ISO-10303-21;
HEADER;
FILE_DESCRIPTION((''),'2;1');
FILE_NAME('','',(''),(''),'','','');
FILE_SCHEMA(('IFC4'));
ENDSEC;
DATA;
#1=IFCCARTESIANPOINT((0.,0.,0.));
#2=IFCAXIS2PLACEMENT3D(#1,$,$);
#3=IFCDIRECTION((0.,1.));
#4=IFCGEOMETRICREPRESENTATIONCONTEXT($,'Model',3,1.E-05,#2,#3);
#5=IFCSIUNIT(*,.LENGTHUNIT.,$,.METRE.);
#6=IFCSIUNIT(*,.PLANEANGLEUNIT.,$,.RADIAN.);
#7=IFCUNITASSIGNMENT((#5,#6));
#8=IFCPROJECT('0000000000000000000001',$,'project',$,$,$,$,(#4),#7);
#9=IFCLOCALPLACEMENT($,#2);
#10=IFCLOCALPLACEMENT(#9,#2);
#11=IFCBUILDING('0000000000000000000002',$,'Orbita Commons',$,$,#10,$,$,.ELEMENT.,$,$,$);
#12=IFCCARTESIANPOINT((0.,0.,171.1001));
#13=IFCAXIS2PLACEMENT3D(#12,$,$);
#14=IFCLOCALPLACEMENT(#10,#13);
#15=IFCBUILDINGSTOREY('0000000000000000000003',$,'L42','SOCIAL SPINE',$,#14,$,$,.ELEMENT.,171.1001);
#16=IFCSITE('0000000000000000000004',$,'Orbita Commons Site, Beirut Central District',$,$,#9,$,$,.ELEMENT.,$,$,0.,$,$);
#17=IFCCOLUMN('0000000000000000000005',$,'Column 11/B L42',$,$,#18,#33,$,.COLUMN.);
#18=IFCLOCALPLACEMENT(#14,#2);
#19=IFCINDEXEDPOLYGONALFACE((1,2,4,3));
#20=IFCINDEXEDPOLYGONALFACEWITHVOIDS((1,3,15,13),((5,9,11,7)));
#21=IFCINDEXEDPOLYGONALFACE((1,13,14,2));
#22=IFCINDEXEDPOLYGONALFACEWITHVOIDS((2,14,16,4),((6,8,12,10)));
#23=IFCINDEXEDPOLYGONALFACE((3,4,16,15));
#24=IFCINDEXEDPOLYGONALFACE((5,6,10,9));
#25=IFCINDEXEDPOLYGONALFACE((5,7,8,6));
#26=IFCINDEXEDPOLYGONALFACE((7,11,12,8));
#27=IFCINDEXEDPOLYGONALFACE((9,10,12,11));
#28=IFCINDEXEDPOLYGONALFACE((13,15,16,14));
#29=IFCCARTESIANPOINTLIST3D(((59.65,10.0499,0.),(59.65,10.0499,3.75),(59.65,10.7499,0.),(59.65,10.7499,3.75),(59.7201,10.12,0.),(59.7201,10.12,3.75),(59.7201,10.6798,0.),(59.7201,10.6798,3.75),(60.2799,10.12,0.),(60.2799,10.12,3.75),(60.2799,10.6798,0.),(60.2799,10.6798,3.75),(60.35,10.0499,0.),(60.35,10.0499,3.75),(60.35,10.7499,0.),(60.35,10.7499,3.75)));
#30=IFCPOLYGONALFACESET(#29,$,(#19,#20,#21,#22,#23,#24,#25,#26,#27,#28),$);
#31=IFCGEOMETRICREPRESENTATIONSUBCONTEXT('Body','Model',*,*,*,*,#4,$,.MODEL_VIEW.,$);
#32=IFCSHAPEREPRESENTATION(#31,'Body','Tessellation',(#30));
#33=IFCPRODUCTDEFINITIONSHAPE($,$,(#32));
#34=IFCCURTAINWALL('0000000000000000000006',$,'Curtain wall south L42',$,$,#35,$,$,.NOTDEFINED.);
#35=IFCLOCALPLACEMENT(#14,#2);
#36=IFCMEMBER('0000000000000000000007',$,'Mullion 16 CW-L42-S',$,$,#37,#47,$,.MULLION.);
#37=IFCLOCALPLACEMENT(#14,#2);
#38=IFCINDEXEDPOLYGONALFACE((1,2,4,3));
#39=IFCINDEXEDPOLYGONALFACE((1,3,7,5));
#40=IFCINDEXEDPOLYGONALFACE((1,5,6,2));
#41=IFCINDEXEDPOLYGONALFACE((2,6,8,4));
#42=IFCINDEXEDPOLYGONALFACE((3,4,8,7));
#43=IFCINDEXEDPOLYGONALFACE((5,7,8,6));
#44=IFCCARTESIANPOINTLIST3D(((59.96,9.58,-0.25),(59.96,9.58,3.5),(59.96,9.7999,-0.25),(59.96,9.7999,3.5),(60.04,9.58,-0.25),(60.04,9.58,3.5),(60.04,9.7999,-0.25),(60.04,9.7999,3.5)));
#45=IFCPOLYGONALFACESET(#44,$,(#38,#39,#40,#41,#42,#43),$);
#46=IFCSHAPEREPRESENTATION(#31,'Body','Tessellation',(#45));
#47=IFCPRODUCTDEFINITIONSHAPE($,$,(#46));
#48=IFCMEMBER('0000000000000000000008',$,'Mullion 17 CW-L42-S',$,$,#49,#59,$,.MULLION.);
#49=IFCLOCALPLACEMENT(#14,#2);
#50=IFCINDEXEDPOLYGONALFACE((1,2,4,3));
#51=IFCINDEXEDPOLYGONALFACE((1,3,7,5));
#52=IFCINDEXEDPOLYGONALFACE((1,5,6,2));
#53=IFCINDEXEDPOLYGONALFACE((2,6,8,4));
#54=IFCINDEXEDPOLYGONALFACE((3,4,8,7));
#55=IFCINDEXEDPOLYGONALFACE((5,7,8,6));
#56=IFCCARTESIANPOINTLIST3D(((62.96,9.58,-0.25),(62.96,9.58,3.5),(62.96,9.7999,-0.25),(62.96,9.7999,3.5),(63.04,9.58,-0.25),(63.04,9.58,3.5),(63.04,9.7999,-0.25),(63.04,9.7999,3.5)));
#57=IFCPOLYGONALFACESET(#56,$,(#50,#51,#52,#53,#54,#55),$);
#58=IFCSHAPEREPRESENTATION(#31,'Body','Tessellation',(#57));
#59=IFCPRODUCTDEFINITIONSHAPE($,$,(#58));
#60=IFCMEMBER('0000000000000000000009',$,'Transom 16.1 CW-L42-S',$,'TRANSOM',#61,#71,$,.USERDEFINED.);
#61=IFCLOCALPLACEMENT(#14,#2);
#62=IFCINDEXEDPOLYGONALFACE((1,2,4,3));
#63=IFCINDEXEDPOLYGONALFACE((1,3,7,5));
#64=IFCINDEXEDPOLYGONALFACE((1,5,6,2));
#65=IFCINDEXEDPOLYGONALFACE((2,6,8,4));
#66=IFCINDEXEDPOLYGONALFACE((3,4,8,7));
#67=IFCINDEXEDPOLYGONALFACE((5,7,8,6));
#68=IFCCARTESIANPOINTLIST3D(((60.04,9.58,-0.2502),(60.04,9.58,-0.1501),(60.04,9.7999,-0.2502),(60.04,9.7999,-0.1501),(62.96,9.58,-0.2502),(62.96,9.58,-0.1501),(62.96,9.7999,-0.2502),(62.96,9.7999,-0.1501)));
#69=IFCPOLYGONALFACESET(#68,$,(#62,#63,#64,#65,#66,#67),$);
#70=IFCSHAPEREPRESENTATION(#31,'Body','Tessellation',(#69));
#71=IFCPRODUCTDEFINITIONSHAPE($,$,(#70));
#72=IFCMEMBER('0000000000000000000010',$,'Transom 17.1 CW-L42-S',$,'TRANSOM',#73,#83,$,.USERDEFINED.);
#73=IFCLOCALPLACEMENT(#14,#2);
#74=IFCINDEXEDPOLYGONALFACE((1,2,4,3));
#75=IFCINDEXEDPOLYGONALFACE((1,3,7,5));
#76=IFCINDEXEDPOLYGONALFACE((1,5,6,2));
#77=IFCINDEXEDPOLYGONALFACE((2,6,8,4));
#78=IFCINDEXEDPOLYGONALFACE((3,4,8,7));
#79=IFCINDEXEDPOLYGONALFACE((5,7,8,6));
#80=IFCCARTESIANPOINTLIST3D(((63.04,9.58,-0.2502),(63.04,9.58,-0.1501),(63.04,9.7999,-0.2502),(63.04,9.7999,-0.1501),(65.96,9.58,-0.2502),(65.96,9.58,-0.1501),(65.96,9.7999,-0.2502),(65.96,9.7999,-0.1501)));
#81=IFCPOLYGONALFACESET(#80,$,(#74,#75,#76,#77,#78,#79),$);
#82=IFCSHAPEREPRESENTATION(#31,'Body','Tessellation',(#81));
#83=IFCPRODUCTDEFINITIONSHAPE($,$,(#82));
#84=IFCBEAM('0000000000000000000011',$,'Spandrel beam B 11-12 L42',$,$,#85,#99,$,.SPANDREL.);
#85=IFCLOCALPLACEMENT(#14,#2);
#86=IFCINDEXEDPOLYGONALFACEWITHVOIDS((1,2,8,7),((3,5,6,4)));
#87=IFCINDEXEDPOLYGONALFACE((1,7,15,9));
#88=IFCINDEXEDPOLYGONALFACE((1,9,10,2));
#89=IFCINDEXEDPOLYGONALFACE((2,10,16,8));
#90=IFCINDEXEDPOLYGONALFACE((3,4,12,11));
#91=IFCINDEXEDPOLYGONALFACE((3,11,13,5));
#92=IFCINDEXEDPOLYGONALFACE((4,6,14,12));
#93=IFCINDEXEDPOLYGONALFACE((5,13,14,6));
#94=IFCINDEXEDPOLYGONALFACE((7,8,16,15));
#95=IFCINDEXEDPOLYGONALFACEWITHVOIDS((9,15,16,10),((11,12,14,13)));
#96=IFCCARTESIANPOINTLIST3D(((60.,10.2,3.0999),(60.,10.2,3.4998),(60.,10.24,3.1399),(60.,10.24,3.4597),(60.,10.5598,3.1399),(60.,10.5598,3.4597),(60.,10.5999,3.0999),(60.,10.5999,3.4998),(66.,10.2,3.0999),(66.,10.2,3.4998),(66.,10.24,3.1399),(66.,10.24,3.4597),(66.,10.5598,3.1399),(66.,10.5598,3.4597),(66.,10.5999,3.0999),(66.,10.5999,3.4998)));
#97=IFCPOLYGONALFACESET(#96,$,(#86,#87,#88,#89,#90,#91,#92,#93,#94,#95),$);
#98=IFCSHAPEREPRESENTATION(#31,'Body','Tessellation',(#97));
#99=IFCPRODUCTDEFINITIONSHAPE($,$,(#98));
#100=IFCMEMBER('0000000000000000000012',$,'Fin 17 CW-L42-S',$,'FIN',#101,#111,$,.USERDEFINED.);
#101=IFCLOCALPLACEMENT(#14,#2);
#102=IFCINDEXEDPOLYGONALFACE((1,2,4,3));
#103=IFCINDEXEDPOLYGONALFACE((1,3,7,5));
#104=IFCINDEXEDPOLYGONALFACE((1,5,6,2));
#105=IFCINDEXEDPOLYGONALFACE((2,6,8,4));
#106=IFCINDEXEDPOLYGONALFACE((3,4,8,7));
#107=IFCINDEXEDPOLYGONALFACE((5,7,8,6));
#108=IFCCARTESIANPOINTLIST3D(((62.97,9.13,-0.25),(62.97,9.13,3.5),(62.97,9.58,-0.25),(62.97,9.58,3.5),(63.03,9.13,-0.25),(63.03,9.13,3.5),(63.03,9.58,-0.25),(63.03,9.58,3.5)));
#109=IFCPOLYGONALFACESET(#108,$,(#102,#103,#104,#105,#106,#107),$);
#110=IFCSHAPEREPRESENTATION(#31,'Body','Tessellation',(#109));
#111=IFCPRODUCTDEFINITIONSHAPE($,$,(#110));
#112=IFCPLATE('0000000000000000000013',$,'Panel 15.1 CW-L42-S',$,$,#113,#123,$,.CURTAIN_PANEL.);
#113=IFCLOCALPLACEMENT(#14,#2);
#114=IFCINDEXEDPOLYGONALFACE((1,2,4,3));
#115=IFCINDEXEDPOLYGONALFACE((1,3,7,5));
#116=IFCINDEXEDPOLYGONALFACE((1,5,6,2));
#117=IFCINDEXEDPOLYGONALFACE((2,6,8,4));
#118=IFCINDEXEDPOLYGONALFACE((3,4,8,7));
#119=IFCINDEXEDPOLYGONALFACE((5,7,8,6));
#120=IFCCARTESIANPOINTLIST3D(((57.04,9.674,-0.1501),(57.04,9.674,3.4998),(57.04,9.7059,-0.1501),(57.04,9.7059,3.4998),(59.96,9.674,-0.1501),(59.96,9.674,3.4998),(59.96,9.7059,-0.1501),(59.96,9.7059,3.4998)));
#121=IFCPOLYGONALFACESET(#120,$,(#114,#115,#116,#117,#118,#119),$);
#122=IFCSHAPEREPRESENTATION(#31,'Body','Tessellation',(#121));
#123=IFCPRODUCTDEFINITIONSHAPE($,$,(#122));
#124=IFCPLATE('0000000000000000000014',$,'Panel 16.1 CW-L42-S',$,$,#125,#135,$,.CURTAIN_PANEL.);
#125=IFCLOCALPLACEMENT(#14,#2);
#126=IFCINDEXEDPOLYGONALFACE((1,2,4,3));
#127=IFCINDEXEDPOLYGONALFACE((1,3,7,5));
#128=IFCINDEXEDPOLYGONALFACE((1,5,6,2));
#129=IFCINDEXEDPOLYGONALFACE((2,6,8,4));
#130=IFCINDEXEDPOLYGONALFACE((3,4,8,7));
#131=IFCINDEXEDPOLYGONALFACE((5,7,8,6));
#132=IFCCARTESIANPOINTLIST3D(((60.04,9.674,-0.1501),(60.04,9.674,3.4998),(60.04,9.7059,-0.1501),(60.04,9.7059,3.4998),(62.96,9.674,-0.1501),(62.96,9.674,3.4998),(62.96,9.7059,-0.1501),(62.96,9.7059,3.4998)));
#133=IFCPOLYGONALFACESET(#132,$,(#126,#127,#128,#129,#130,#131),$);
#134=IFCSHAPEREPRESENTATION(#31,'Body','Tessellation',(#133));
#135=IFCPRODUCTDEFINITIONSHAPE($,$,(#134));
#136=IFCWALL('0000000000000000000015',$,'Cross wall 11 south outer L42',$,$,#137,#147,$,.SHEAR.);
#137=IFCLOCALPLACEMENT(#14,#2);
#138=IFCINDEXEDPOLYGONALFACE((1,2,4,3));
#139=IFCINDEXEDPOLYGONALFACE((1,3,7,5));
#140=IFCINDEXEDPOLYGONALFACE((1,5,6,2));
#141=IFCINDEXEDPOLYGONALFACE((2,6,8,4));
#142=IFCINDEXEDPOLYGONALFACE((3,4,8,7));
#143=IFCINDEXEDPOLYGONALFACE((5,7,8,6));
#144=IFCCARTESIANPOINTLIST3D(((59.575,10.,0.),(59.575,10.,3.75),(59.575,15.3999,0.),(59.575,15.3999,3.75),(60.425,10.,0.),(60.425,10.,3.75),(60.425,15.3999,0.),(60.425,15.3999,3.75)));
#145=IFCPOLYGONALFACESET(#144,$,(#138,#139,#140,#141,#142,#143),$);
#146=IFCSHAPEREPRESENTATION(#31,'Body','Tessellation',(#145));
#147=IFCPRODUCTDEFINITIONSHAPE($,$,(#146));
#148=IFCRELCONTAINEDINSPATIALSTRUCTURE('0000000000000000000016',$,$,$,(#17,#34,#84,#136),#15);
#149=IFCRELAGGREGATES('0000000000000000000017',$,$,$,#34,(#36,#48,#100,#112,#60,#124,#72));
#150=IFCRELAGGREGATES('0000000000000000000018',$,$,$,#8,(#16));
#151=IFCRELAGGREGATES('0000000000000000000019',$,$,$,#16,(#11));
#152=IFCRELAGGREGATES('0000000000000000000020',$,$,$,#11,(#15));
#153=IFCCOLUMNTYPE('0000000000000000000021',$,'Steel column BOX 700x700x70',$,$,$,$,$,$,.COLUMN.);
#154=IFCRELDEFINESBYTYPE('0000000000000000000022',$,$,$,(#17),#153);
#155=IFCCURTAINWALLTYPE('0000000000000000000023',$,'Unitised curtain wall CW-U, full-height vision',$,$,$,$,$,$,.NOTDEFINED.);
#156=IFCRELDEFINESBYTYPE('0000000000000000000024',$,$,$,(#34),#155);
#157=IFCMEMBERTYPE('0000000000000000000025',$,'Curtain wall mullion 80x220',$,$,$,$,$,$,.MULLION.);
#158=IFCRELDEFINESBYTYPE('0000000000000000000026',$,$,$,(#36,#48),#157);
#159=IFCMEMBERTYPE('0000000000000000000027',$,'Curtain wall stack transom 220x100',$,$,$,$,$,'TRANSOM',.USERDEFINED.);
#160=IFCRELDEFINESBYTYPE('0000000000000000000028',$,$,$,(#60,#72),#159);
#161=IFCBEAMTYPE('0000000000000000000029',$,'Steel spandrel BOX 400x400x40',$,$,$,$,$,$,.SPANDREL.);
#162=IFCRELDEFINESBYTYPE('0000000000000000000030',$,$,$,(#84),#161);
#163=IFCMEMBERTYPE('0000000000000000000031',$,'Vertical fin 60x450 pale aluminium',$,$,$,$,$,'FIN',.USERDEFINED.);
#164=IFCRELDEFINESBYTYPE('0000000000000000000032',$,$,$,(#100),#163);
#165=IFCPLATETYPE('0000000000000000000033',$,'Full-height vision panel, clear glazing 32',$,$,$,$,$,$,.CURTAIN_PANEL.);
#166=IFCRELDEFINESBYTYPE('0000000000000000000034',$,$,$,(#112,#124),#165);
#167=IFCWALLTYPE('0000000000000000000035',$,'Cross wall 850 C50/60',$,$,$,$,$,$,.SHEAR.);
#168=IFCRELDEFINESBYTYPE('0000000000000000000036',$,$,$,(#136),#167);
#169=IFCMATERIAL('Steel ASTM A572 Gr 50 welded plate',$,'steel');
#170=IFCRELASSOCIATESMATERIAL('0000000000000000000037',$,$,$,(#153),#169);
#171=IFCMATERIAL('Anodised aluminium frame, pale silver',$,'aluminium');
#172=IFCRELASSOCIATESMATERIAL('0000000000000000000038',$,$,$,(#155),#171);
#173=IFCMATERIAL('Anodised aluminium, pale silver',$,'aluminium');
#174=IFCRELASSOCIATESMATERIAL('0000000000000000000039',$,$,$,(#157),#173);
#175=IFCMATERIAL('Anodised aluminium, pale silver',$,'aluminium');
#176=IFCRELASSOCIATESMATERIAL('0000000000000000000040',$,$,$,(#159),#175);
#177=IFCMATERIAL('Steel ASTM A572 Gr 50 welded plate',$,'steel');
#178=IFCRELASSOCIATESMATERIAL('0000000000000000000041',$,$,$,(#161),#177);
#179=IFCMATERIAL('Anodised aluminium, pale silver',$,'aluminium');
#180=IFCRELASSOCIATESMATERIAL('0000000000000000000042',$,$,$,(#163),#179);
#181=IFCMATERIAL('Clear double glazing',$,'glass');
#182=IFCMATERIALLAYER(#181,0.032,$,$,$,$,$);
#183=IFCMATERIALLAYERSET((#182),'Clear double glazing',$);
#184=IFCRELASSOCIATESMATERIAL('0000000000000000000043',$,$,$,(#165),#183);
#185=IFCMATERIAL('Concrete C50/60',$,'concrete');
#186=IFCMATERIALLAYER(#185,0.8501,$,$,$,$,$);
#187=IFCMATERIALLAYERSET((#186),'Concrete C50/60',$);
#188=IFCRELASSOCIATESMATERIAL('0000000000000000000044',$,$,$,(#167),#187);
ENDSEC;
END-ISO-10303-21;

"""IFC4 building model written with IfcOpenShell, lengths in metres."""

from ifc_helpers import new_model, si_unit, direction, frame, frame_2d, origin, origin_2d, place, context, subcontext, project, spatial, rectangle, hollow_rectangle, extrude, material, layer, layer_set, material_profile, profile_set, type_object, element, aggregate, save


model = new_model("IFC4")

# Units and contexts
model_context = context("Model", 3, precision=1e-05, world=origin(), true_north=direction((0.0, 1.0)))
body_context = subcontext(model_context, "Body", "Model", "MODEL_VIEW")
ifc_project = project(units=[si_unit("LENGTHUNIT", "METRE"), si_unit("PLANEANGLEUNIT", "RADIAN")], contexts=[model_context])

# Site, building, storey
site_placement = place(None, origin())
site = spatial("IfcSite", under=ifc_project, at=site_placement, Name="Orbita Commons Site, Beirut Central District", CompositionType="ELEMENT", RefElevation=0.0)
building_placement = place(site_placement, origin())
building = spatial("IfcBuilding", under=site, at=building_placement, Name="Orbita Commons", CompositionType="ELEMENT")
storey_placement = place(building_placement, frame((0.0, 0.0, 171.1001)))
storey = spatial("IfcBuildingStorey", under=building, at=storey_placement, Name="L42", Description="SOCIAL SPINE", CompositionType="ELEMENT", Elevation=171.1001)

# Column
ifc_material_1 = material(Name="Steel ASTM A572 Gr 50 welded plate", Category="steel")
ifc_material_profile_1 = material_profile(ifc_material_1, hollow_rectangle(XDim=0.7, YDim=0.7, WallThickness=0.0701, at=origin_2d()), Name="BOX 700x700x70")
ifc_profile_set_1 = profile_set([ifc_material_profile_1], Name="Steel ASTM A572 Gr 50 welded plate")
column_type = type_object("IfcColumnType", Name="Steel column BOX 700x700x70", PredefinedType="COLUMN", material=ifc_profile_set_1)
column_placement = place(storey_placement, frame((60.0, 10.3999, 0.0), z_axis=(0.0, 0.0, 1.0), x_axis=(1.0, 0.0, 0.0)))
element("IfcColumn", 1, at=column_placement, inside=storey, type_object=column_type, Name="Column 11/B L42", PredefinedType="COLUMN", context=body_context, shape_type="SweptSolid", body=[
    extrude(hollow_rectangle(XDim=0.7, YDim=0.7, WallThickness=0.0701, at=origin_2d()), origin(), (0.0, 0.0, 1.0), 3.75),
])

# Curtain wall, members
ifc_material_2 = material(Name="Anodised aluminium frame, pale silver", Category="aluminium")
curtain_wall_type = type_object("IfcCurtainWallType", Name="Unitised curtain wall CW-U, full-height vision", PredefinedType="NOTDEFINED", material=ifc_material_2)
curtain_wall_placement = place(storey_placement, origin())
curtain_wall = element("IfcCurtainWall", 2, at=curtain_wall_placement, inside=storey, type_object=curtain_wall_type, Name="Curtain wall south L42", PredefinedType="NOTDEFINED")
ifc_material_3 = material(Name="Anodised aluminium, pale silver", Category="aluminium")
ifc_material_profile_2 = material_profile(ifc_material_3, rectangle(XDim=0.0801, YDim=0.22, at=origin_2d()), Name="AL 80x220")
ifc_profile_set_2 = profile_set([ifc_material_profile_2], Name="Anodised aluminium, pale silver")
member_type_1 = type_object("IfcMemberType", Name="Curtain wall mullion 80x220", PredefinedType="MULLION", material=ifc_profile_set_2)
member_1_placement = place(storey_placement, frame((60.0, 9.6899, -0.25), z_axis=(0.0, 0.0, 1.0), x_axis=(1.0, 0.0, 0.0)))
member_1 = element("IfcMember", 3, at=member_1_placement, type_object=member_type_1, Name="Mullion 16 CW-L42-S", PredefinedType="MULLION", context=body_context, shape_type="SweptSolid", body=[
    extrude(rectangle(XDim=0.0801, YDim=0.22, at=origin_2d()), origin(), (0.0, 0.0, 1.0), 3.75),
])
member_2_placement = place(storey_placement, frame((63.0, 9.6899, -0.25), z_axis=(0.0, 0.0, 1.0), x_axis=(1.0, 0.0, 0.0)))
member_2 = element("IfcMember", 4, at=member_2_placement, type_object=member_type_1, Name="Mullion 17 CW-L42-S", PredefinedType="MULLION", context=body_context, shape_type="SweptSolid", body=[
    extrude(rectangle(XDim=0.0801, YDim=0.22, at=origin_2d()), origin(), (0.0, 0.0, 1.0), 3.75),
])
ifc_material_4 = material(Name="Anodised aluminium, pale silver", Category="aluminium")
ifc_material_profile_3 = material_profile(ifc_material_4, rectangle(XDim=0.22, YDim=0.1001, at=origin_2d()), Name="AL 220x100")
ifc_profile_set_3 = profile_set([ifc_material_profile_3], Name="Anodised aluminium, pale silver")
member_type_2 = type_object("IfcMemberType", Name="Curtain wall stack transom 220x100", ElementType="TRANSOM", PredefinedType="USERDEFINED", material=ifc_profile_set_3)
member_3_placement = place(storey_placement, frame((60.04, 9.6899, -0.2002), z_axis=(1.0, 0.0, 0.0), x_axis=(0.0, 1.0, 0.0)))
member_3 = element("IfcMember", 5, at=member_3_placement, type_object=member_type_2, Name="Transom 16.1 CW-L42-S", ObjectType="TRANSOM", PredefinedType="USERDEFINED", context=body_context, shape_type="SweptSolid", body=[
    extrude(rectangle(XDim=0.22, YDim=0.1001, at=origin_2d()), origin(), (0.0, 0.0, 1.0), 2.9199),
])
member_4_placement = place(storey_placement, frame((63.04, 9.6899, -0.2002), z_axis=(1.0, 0.0, 0.0), x_axis=(0.0, 1.0, 0.0)))
member_4 = element("IfcMember", 6, at=member_4_placement, type_object=member_type_2, Name="Transom 17.1 CW-L42-S", ObjectType="TRANSOM", PredefinedType="USERDEFINED", context=body_context, shape_type="SweptSolid", body=[
    extrude(rectangle(XDim=0.22, YDim=0.1001, at=origin_2d()), origin(), (0.0, 0.0, 1.0), 2.9199),
])

# Beam
ifc_material_5 = material(Name="Steel ASTM A572 Gr 50 welded plate", Category="steel")
ifc_material_profile_4 = material_profile(ifc_material_5, hollow_rectangle(XDim=0.3999, YDim=0.3999, WallThickness=0.04, at=origin_2d()), Name="BOX 400x400x40")
ifc_profile_set_4 = profile_set([ifc_material_profile_4], Name="Steel ASTM A572 Gr 50 welded plate")
beam_type = type_object("IfcBeamType", Name="Steel spandrel BOX 400x400x40", PredefinedType="SPANDREL", material=ifc_profile_set_4)
beam_placement = place(storey_placement, frame((60.0, 10.3999, 3.2998), z_axis=(1.0, 0.0, 0.0), x_axis=(0.0, 1.0, 0.0)))
element("IfcBeam", 7, at=beam_placement, inside=storey, type_object=beam_type, Name="Spandrel beam B 11-12 L42", PredefinedType="SPANDREL", context=body_context, shape_type="SweptSolid", body=[
    extrude(hollow_rectangle(XDim=0.3999, YDim=0.3999, WallThickness=0.04, at=origin_2d()), origin(), (0.0, 0.0, 1.0), 6.0),
])

# Member
ifc_material_6 = material(Name="Anodised aluminium, pale silver", Category="aluminium")
ifc_material_profile_5 = material_profile(ifc_material_6, rectangle(XDim=0.0601, YDim=0.45, at=origin_2d()), Name="FIN 60x450")
ifc_profile_set_5 = profile_set([ifc_material_profile_5], Name="Anodised aluminium, pale silver")
member_type_3 = type_object("IfcMemberType", Name="Vertical fin 60x450 pale aluminium", ElementType="FIN", PredefinedType="USERDEFINED", material=ifc_profile_set_5)
member_5_placement = place(storey_placement, frame((63.0, 9.355, -0.25), z_axis=(0.0, 0.0, 1.0), x_axis=(1.0, 0.0, 0.0)))
member_5 = element("IfcMember", 8, at=member_5_placement, type_object=member_type_3, Name="Fin 17 CW-L42-S", ObjectType="FIN", PredefinedType="USERDEFINED", context=body_context, shape_type="SweptSolid", body=[
    extrude(rectangle(XDim=0.0601, YDim=0.45, at=origin_2d()), origin(), (0.0, 0.0, 1.0), 3.75),
])

# Plates
ifc_material_7 = material(Name="Clear double glazing", Category="glass")
ifc_layer_1 = layer(ifc_material_7, 0.032)
ifc_layer_set_1 = layer_set([ifc_layer_1], Name="Clear double glazing")
plate_type = type_object("IfcPlateType", Name="Full-height vision panel, clear glazing 32", PredefinedType="CURTAIN_PANEL", material=ifc_layer_set_1)
plate_1_placement = place(storey_placement, frame((58.5, 9.6899, -0.1501), z_axis=(0.0, 0.0, 1.0), x_axis=(1.0, 0.0, 0.0)))
plate_1 = element("IfcPlate", 9, at=plate_1_placement, type_object=plate_type, Name="Panel 15.1 CW-L42-S", PredefinedType="CURTAIN_PANEL", context=body_context, shape_type="SweptSolid", body=[
    extrude(rectangle(XDim=2.9199, YDim=0.032, at=origin_2d()), origin(), (0.0, 0.0, 1.0), 3.6499),
])
plate_2_placement = place(storey_placement, frame((61.5, 9.6899, -0.1501), z_axis=(0.0, 0.0, 1.0), x_axis=(1.0, 0.0, 0.0)))
plate_2 = element("IfcPlate", 10, at=plate_2_placement, type_object=plate_type, Name="Panel 16.1 CW-L42-S", PredefinedType="CURTAIN_PANEL", context=body_context, shape_type="SweptSolid", body=[
    extrude(rectangle(XDim=2.9199, YDim=0.032, at=origin_2d()), origin(), (0.0, 0.0, 1.0), 3.6499),
])
aggregate(curtain_wall, [member_1, member_2, member_5, plate_1, member_3, plate_2, member_4])

# Wall
ifc_material_8 = material(Name="Concrete C50/60", Category="concrete")
ifc_layer_2 = layer(ifc_material_8, 0.8501)
ifc_layer_set_2 = layer_set([ifc_layer_2], Name="Concrete C50/60")
wall_type_1 = type_object("IfcWallType", Name="Cross wall 850 C50/60", PredefinedType="SHEAR", material=ifc_layer_set_2)
wall_1_placement = place(storey_placement, frame((60.0, 10.0, 0.0), z_axis=(0.0, 0.0, 1.0), x_axis=(0.0, 1.0, 0.0)))
element("IfcWall", 11, at=wall_1_placement, inside=storey, type_object=wall_type_1, Name="Cross wall 11 south outer L42", PredefinedType="SHEAR", context=body_context, shape_type="SweptSolid", body=[
    extrude(rectangle(XDim=5.3999, YDim=0.8501, at=frame_2d((2.7, 0.0))), origin(), (0.0, 0.0, 1.0), 3.75),
])

save(model, "model.ifc")
